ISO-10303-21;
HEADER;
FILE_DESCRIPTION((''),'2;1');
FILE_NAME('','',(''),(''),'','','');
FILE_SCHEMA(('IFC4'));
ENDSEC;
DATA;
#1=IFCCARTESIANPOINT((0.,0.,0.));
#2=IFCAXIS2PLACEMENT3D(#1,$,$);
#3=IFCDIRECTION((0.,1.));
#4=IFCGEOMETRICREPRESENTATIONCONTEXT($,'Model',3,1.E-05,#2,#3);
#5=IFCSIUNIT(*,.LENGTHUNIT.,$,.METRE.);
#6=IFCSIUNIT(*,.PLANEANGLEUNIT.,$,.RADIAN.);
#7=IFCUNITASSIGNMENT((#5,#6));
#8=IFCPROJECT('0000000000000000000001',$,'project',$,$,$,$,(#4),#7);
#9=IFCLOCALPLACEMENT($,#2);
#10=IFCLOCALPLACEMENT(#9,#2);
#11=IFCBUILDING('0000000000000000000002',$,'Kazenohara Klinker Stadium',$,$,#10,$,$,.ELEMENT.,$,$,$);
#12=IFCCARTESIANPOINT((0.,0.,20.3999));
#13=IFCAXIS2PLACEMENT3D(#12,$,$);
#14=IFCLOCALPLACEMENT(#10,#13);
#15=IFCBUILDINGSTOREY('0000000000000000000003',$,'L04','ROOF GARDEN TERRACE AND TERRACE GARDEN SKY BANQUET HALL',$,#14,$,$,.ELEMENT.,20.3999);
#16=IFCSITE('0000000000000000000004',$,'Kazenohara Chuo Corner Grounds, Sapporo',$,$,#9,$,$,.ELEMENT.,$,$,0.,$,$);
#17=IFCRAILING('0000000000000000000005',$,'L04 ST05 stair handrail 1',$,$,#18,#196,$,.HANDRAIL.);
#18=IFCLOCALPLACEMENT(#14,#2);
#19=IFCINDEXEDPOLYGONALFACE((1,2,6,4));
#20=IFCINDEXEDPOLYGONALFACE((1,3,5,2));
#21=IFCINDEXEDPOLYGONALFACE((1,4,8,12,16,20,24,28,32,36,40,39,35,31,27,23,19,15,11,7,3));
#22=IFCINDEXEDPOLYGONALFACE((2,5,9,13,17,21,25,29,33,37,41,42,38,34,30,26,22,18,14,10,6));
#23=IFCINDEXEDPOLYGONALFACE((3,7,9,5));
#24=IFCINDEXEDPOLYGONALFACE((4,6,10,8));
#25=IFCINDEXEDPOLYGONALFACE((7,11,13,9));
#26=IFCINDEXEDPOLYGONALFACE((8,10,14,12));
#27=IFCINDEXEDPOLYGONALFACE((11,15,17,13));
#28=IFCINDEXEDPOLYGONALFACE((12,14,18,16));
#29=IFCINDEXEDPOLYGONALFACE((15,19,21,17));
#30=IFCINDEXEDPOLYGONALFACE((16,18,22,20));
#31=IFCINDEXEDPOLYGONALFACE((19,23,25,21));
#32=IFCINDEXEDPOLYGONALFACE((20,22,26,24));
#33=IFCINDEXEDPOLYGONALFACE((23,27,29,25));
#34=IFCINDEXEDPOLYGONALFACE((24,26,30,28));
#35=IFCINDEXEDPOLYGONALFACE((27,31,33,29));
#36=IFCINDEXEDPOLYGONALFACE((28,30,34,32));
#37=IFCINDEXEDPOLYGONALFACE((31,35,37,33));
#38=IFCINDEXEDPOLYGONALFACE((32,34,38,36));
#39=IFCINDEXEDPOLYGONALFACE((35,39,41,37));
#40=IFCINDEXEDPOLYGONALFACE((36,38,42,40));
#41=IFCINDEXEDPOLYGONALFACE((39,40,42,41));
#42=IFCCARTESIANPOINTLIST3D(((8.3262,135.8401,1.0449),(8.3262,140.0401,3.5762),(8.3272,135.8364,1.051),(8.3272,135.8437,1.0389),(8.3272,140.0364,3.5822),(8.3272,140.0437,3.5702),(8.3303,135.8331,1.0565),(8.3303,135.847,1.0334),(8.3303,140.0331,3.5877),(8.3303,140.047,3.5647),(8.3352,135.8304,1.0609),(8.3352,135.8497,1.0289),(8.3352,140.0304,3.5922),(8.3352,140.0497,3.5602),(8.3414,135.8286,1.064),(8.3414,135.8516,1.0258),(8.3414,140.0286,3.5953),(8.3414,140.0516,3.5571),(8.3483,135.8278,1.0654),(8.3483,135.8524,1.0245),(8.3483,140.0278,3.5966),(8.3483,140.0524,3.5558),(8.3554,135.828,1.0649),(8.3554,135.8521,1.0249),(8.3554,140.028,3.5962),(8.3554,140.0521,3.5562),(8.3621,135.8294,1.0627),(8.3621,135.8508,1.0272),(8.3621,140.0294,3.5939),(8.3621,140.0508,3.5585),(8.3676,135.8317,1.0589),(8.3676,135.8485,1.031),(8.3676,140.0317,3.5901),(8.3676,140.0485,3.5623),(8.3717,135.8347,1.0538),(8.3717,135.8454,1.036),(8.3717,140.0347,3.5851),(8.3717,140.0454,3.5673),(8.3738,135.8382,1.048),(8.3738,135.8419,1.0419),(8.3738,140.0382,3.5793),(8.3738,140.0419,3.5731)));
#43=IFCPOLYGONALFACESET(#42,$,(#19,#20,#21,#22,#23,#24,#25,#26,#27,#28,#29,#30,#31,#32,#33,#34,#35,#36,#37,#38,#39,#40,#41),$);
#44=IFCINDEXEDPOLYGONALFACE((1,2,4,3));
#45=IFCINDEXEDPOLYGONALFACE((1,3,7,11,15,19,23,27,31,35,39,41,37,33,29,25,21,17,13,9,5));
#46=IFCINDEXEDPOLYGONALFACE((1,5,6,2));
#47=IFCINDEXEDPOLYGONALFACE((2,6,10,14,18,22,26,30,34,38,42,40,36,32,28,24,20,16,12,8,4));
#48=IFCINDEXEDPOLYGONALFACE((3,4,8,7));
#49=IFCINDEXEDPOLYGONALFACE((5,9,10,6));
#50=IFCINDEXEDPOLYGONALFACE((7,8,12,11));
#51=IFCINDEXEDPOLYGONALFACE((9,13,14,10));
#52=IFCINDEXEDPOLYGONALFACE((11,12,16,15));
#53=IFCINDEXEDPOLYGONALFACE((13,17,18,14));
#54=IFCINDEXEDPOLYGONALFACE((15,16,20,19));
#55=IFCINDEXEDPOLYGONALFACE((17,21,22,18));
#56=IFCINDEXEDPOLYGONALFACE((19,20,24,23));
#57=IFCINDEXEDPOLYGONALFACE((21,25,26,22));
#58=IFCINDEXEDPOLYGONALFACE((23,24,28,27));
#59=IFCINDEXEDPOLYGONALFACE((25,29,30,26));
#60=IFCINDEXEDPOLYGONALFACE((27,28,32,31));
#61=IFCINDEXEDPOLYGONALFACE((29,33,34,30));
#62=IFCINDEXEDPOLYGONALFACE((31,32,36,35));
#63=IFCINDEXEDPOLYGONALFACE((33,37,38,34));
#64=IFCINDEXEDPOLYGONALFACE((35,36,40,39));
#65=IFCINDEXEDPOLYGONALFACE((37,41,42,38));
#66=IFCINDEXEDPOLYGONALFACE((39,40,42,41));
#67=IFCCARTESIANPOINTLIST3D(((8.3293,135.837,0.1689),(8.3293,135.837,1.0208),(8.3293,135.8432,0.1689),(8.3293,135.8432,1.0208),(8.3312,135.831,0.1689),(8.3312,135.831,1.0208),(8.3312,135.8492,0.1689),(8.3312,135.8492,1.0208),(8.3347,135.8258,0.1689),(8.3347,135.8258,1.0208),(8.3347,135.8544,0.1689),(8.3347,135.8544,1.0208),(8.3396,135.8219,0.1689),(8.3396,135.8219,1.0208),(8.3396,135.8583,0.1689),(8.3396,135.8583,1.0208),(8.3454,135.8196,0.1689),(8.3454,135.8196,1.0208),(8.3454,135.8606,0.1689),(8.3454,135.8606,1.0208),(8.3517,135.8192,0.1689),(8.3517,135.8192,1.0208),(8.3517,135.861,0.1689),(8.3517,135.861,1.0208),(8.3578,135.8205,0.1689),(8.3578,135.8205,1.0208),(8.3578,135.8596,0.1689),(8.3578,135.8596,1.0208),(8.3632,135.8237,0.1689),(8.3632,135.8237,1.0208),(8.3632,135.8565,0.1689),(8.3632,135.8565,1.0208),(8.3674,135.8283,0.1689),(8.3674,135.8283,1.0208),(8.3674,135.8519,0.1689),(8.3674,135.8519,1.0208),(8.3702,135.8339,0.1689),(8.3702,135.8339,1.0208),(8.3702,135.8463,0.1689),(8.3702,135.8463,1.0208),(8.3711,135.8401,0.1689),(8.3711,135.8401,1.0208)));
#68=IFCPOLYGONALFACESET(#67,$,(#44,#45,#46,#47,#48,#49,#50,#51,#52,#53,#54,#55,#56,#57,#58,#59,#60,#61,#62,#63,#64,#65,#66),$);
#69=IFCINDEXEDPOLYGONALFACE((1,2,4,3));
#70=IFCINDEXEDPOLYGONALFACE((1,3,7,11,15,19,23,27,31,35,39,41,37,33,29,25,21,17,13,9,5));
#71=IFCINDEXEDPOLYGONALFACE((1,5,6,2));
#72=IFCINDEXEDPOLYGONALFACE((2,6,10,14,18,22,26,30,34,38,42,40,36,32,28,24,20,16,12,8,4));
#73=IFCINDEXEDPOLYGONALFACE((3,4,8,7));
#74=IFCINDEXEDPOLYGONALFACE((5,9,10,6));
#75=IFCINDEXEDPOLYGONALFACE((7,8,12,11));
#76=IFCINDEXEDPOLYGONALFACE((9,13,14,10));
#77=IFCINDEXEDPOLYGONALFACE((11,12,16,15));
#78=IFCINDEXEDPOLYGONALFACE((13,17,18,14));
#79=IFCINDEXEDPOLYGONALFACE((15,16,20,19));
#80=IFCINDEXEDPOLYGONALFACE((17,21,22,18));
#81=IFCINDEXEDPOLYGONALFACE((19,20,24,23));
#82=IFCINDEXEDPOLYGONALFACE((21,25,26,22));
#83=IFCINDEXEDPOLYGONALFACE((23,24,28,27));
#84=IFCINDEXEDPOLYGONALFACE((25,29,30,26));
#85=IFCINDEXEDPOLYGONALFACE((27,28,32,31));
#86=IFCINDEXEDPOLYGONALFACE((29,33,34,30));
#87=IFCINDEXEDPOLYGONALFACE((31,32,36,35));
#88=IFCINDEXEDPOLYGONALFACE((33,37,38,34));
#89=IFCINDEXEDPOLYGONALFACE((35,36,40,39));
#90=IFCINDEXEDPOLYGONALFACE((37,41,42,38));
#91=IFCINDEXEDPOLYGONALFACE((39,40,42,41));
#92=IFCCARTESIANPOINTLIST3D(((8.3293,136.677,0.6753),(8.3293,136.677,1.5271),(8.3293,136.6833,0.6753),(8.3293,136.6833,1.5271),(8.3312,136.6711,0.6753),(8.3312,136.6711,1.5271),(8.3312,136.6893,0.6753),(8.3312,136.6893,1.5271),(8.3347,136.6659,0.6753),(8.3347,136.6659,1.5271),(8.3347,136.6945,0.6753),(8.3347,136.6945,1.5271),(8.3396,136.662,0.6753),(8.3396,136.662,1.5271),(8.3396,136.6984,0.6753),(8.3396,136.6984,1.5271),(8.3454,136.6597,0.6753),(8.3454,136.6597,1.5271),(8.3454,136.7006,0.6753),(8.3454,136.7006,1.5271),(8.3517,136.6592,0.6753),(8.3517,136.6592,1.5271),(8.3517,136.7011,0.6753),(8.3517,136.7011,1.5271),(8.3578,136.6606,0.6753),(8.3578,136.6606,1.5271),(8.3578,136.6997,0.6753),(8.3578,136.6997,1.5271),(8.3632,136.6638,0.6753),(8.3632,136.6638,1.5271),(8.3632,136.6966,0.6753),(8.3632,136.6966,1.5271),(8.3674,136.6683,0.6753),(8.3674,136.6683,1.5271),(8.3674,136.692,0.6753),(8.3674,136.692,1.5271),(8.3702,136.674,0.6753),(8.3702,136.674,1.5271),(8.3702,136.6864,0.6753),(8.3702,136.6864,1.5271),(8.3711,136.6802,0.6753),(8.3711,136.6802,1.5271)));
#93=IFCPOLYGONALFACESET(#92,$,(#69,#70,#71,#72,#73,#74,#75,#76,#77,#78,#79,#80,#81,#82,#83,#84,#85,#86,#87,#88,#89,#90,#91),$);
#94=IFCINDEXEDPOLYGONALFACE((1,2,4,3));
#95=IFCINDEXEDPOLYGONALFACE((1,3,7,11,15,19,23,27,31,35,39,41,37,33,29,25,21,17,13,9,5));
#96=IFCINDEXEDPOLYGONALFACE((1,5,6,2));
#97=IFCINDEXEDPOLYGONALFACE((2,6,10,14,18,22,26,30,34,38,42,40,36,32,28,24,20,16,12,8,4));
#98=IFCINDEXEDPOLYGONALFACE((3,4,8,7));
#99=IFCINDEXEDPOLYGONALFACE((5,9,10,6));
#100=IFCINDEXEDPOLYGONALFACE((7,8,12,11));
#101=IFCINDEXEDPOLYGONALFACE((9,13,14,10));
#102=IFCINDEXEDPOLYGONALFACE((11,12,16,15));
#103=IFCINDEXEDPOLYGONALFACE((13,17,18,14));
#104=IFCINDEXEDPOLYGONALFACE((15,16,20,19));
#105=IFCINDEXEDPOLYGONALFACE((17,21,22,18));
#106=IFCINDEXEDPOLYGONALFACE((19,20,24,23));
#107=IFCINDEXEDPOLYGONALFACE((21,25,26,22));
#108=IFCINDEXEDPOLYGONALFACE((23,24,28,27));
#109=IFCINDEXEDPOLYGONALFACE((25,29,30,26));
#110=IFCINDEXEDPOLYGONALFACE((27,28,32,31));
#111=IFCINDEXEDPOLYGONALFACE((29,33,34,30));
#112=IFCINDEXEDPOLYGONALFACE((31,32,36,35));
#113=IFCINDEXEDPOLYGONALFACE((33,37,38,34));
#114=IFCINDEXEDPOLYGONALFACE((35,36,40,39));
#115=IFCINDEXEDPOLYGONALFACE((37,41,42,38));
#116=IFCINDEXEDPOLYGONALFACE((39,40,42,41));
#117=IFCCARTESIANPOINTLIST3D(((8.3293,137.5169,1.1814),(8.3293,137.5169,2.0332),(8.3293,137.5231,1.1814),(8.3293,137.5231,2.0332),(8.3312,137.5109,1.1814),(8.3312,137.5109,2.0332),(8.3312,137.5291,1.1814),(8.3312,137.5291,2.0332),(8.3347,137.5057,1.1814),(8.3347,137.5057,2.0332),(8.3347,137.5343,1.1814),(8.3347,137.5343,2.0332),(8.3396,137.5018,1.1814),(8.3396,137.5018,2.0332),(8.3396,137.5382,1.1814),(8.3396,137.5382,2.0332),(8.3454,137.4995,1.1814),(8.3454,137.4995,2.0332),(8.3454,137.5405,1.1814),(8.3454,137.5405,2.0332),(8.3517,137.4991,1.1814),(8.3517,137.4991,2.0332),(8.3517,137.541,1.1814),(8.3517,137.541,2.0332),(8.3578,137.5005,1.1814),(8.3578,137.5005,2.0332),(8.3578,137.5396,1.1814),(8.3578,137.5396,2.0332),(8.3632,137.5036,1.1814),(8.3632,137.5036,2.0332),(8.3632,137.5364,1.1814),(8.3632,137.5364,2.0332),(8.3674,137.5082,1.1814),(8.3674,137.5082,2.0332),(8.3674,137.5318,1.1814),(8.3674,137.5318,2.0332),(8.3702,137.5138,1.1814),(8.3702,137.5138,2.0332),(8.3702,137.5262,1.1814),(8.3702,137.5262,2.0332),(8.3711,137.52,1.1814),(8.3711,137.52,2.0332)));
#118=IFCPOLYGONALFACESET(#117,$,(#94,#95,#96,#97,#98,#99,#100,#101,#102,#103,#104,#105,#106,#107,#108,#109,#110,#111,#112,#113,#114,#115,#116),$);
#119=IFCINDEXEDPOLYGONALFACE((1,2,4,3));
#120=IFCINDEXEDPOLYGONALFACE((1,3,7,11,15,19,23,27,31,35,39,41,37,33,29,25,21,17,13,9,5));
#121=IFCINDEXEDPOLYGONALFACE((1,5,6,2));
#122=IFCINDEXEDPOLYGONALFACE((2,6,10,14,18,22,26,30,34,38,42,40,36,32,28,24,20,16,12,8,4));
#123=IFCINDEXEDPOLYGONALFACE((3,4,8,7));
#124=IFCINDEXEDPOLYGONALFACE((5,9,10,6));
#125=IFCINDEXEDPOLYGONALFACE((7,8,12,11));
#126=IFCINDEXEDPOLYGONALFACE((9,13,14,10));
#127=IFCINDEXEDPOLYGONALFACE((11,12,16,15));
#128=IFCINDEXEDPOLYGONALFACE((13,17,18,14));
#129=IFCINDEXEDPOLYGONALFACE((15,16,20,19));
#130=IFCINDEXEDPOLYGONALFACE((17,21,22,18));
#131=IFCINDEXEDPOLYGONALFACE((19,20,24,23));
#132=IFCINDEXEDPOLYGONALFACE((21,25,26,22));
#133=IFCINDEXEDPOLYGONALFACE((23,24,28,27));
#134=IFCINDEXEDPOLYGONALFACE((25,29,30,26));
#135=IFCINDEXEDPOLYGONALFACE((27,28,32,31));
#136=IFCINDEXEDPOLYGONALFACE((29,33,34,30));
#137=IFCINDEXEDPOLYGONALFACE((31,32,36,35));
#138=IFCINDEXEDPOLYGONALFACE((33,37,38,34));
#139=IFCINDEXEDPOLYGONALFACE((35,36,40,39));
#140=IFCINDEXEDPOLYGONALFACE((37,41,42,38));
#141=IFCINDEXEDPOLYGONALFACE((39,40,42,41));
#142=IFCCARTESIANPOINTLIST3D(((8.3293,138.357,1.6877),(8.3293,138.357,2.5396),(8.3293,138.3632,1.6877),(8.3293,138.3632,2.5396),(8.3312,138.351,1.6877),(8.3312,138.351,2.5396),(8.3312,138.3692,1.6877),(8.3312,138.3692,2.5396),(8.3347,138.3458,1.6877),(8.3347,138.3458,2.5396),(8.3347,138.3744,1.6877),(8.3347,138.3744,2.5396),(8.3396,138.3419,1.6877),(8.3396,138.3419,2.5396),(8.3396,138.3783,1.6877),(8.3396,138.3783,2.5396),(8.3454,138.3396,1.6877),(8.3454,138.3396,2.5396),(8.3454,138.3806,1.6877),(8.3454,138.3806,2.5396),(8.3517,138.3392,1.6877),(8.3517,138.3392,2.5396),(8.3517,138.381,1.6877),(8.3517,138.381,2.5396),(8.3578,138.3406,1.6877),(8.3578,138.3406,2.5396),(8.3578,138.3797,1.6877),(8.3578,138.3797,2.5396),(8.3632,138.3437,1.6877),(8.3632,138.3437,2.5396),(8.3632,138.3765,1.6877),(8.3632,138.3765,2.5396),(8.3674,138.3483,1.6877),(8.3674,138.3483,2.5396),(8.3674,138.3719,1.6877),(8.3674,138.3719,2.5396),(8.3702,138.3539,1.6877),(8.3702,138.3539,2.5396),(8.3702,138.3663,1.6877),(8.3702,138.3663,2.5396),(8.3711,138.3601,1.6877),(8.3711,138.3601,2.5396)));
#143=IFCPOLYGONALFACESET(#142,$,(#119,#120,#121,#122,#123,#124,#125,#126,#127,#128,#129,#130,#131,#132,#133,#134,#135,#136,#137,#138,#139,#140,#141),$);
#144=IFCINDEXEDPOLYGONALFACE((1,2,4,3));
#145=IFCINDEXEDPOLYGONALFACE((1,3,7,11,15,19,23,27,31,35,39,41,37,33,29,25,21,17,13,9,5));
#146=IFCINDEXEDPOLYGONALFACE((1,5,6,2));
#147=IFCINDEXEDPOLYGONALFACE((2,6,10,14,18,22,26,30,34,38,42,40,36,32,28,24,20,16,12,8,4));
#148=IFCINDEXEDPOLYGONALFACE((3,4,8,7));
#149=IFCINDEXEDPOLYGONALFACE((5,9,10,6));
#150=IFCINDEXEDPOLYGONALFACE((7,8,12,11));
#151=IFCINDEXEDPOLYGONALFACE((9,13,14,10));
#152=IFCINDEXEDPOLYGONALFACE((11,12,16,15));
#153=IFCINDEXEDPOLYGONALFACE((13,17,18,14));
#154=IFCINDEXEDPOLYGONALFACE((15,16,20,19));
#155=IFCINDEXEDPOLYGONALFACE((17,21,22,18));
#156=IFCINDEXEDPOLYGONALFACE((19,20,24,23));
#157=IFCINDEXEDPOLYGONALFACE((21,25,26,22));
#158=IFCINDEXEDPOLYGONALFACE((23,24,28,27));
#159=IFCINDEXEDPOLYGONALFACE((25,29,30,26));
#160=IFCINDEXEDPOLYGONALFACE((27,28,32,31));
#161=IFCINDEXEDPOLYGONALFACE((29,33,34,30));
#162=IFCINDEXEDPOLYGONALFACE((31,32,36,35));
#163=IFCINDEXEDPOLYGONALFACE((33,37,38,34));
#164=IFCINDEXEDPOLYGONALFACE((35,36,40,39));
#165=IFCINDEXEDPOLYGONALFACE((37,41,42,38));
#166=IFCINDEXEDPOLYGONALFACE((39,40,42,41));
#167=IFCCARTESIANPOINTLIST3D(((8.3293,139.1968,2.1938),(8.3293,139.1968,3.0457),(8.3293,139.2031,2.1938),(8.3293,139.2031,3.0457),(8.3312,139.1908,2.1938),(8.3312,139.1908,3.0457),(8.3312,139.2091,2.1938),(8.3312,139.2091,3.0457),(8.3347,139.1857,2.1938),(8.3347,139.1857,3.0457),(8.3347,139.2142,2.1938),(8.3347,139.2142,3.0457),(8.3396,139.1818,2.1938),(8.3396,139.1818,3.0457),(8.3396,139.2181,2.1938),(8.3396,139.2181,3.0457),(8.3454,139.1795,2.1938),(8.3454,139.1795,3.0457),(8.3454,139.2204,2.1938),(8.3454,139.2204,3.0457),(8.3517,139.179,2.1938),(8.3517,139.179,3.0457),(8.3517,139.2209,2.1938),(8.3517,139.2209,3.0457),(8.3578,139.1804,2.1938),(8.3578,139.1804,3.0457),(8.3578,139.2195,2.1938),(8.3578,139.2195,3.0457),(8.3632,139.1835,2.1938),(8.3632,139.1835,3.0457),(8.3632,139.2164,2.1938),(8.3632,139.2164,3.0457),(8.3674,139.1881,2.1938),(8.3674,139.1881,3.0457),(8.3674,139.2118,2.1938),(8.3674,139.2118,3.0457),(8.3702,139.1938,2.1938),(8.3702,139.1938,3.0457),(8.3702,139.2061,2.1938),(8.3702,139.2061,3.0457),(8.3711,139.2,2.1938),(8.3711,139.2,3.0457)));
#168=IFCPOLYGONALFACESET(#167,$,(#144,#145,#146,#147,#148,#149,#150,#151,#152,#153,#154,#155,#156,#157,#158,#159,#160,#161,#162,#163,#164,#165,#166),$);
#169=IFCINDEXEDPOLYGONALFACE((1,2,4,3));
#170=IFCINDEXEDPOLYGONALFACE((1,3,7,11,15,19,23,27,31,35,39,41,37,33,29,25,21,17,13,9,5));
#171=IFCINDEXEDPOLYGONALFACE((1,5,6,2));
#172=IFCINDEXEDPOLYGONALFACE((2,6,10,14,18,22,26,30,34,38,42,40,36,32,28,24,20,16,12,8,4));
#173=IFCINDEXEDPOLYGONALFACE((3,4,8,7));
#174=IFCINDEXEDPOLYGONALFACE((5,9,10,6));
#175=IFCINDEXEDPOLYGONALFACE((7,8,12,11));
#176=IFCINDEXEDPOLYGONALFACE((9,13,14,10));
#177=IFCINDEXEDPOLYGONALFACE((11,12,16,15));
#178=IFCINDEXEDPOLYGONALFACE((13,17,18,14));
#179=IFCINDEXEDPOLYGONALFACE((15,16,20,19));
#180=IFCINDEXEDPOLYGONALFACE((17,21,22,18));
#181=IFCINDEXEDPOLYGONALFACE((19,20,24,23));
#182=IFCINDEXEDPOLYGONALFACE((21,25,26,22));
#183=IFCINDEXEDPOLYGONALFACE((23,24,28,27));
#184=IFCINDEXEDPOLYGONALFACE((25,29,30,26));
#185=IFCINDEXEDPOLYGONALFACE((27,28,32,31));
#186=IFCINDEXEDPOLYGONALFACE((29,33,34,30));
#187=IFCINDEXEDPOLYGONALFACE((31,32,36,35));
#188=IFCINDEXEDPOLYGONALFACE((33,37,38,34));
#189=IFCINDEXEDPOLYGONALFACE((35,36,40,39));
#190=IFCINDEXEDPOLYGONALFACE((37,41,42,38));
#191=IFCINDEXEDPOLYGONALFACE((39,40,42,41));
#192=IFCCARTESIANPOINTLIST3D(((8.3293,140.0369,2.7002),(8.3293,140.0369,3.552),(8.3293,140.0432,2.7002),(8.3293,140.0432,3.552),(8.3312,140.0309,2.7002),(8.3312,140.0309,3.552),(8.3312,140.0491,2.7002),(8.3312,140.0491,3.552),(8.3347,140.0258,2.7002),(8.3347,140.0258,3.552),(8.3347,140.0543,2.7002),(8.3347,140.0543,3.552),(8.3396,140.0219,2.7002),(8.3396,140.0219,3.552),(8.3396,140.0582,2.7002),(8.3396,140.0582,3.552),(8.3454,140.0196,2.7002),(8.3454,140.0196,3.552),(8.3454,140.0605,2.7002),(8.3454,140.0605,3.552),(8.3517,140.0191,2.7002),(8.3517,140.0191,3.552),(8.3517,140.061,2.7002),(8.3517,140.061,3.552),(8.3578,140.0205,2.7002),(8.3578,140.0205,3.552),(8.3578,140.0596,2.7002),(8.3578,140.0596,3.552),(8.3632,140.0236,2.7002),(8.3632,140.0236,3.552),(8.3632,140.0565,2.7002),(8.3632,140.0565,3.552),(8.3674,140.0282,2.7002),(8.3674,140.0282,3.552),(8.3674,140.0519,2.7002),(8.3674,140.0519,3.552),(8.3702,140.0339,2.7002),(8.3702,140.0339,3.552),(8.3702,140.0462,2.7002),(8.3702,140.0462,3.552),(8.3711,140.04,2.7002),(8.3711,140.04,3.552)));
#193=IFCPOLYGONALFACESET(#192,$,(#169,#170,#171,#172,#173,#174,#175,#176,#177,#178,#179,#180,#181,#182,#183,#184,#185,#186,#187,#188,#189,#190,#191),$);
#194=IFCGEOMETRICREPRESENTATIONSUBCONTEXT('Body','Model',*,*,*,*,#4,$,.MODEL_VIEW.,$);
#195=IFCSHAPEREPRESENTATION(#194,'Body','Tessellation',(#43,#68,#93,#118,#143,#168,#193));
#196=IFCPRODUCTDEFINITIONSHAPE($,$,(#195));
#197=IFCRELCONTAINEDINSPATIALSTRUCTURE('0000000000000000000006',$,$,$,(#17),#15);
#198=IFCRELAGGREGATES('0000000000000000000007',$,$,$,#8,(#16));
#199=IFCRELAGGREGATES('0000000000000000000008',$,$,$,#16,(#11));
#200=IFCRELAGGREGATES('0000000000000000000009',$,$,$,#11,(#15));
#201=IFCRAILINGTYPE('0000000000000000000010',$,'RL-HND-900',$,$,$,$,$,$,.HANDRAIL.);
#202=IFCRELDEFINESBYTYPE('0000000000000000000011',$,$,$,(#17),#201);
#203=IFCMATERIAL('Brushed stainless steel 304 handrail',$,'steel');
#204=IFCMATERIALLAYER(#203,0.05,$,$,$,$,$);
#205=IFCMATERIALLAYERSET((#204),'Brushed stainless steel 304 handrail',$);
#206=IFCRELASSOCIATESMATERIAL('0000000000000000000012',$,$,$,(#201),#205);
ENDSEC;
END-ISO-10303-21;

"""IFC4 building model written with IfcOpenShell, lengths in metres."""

from ifc_helpers import new_model, si_unit, direction, frame, origin, origin_2d, place, context, subcontext, project, spatial, circle, extrude, material, layer, layer_set, type_object, element, save


model = new_model("IFC4")

# Units and contexts
model_context = context("Model", 3, precision=1e-05, world=origin(), true_north=direction((0.0, 1.0)))
body_context = subcontext(model_context, "Body", "Model", "MODEL_VIEW")
ifc_project = project(units=[si_unit("LENGTHUNIT", "METRE"), si_unit("PLANEANGLEUNIT", "RADIAN")], contexts=[model_context])

# Site, building, storey
site_placement = place(None, origin())
site = spatial("IfcSite", under=ifc_project, at=site_placement, Name="Kazenohara Chuo Corner Grounds, Sapporo", CompositionType="ELEMENT", RefElevation=0.0)
building_placement = place(site_placement, origin())
building = spatial("IfcBuilding", under=site, at=building_placement, Name="Kazenohara Klinker Stadium", CompositionType="ELEMENT")
storey_placement = place(building_placement, frame((0.0, 0.0, 20.3999)))
storey = spatial("IfcBuildingStorey", under=building, at=storey_placement, Name="L04", Description="ROOF GARDEN TERRACE AND TERRACE GARDEN SKY BANQUET HALL", CompositionType="ELEMENT", Elevation=20.3999)

# Railing
ifc_material_1 = material(Name="Brushed stainless steel 304 handrail", Category="steel")
ifc_layer_1 = layer(ifc_material_1, 0.05)
ifc_layer_set_1 = layer_set([ifc_layer_1], Name="Brushed stainless steel 304 handrail")
railing_type_1 = type_object("IfcRailingType", Name="RL-HND-900", PredefinedType="HANDRAIL", material=ifc_layer_set_1)
railing_1_placement = place(storey_placement, frame((8.3501, 135.8401, 0.1689)))
element("IfcRailing", 1, at=railing_1_placement, inside=storey, type_object=railing_type_1, Name="L04 ST05 stair handrail 1", PredefinedType="HANDRAIL", context=body_context, shape_type="SweptSolid", body=[
    extrude(circle(Radius=0.0239, at=origin_2d()), frame((0.0, 0.0, 0.876), z_axis=(0.0, 0.856476, 0.516186), x_axis=(-1.0, 0.0, 0.0)), (0.0, 0.0, 1.0), 4.9038),
    extrude(circle(Radius=0.021, at=origin_2d()), origin(), (0.0, 0.0, 1.0), 0.8518),
    extrude(circle(Radius=0.021, at=origin_2d()), frame((0.0, 0.8401, 0.5063)), (0.0, 0.0, 1.0), 0.8518),
    extrude(circle(Radius=0.021, at=origin_2d()), frame((0.0, 1.6799, 1.0125)), (0.0, 0.0, 1.0), 0.8518),
    extrude(circle(Radius=0.021, at=origin_2d()), frame((0.0, 2.52, 1.5188)), (0.0, 0.0, 1.0), 0.8518),
    extrude(circle(Radius=0.021, at=origin_2d()), frame((0.0, 3.3599, 2.0249)), (0.0, 0.0, 1.0), 0.8518),
    extrude(circle(Radius=0.021, at=origin_2d()), frame((0.0, 4.2, 2.5312)), (0.0, 0.0, 1.0), 0.8518),
])

save(model, "model.ifc")
